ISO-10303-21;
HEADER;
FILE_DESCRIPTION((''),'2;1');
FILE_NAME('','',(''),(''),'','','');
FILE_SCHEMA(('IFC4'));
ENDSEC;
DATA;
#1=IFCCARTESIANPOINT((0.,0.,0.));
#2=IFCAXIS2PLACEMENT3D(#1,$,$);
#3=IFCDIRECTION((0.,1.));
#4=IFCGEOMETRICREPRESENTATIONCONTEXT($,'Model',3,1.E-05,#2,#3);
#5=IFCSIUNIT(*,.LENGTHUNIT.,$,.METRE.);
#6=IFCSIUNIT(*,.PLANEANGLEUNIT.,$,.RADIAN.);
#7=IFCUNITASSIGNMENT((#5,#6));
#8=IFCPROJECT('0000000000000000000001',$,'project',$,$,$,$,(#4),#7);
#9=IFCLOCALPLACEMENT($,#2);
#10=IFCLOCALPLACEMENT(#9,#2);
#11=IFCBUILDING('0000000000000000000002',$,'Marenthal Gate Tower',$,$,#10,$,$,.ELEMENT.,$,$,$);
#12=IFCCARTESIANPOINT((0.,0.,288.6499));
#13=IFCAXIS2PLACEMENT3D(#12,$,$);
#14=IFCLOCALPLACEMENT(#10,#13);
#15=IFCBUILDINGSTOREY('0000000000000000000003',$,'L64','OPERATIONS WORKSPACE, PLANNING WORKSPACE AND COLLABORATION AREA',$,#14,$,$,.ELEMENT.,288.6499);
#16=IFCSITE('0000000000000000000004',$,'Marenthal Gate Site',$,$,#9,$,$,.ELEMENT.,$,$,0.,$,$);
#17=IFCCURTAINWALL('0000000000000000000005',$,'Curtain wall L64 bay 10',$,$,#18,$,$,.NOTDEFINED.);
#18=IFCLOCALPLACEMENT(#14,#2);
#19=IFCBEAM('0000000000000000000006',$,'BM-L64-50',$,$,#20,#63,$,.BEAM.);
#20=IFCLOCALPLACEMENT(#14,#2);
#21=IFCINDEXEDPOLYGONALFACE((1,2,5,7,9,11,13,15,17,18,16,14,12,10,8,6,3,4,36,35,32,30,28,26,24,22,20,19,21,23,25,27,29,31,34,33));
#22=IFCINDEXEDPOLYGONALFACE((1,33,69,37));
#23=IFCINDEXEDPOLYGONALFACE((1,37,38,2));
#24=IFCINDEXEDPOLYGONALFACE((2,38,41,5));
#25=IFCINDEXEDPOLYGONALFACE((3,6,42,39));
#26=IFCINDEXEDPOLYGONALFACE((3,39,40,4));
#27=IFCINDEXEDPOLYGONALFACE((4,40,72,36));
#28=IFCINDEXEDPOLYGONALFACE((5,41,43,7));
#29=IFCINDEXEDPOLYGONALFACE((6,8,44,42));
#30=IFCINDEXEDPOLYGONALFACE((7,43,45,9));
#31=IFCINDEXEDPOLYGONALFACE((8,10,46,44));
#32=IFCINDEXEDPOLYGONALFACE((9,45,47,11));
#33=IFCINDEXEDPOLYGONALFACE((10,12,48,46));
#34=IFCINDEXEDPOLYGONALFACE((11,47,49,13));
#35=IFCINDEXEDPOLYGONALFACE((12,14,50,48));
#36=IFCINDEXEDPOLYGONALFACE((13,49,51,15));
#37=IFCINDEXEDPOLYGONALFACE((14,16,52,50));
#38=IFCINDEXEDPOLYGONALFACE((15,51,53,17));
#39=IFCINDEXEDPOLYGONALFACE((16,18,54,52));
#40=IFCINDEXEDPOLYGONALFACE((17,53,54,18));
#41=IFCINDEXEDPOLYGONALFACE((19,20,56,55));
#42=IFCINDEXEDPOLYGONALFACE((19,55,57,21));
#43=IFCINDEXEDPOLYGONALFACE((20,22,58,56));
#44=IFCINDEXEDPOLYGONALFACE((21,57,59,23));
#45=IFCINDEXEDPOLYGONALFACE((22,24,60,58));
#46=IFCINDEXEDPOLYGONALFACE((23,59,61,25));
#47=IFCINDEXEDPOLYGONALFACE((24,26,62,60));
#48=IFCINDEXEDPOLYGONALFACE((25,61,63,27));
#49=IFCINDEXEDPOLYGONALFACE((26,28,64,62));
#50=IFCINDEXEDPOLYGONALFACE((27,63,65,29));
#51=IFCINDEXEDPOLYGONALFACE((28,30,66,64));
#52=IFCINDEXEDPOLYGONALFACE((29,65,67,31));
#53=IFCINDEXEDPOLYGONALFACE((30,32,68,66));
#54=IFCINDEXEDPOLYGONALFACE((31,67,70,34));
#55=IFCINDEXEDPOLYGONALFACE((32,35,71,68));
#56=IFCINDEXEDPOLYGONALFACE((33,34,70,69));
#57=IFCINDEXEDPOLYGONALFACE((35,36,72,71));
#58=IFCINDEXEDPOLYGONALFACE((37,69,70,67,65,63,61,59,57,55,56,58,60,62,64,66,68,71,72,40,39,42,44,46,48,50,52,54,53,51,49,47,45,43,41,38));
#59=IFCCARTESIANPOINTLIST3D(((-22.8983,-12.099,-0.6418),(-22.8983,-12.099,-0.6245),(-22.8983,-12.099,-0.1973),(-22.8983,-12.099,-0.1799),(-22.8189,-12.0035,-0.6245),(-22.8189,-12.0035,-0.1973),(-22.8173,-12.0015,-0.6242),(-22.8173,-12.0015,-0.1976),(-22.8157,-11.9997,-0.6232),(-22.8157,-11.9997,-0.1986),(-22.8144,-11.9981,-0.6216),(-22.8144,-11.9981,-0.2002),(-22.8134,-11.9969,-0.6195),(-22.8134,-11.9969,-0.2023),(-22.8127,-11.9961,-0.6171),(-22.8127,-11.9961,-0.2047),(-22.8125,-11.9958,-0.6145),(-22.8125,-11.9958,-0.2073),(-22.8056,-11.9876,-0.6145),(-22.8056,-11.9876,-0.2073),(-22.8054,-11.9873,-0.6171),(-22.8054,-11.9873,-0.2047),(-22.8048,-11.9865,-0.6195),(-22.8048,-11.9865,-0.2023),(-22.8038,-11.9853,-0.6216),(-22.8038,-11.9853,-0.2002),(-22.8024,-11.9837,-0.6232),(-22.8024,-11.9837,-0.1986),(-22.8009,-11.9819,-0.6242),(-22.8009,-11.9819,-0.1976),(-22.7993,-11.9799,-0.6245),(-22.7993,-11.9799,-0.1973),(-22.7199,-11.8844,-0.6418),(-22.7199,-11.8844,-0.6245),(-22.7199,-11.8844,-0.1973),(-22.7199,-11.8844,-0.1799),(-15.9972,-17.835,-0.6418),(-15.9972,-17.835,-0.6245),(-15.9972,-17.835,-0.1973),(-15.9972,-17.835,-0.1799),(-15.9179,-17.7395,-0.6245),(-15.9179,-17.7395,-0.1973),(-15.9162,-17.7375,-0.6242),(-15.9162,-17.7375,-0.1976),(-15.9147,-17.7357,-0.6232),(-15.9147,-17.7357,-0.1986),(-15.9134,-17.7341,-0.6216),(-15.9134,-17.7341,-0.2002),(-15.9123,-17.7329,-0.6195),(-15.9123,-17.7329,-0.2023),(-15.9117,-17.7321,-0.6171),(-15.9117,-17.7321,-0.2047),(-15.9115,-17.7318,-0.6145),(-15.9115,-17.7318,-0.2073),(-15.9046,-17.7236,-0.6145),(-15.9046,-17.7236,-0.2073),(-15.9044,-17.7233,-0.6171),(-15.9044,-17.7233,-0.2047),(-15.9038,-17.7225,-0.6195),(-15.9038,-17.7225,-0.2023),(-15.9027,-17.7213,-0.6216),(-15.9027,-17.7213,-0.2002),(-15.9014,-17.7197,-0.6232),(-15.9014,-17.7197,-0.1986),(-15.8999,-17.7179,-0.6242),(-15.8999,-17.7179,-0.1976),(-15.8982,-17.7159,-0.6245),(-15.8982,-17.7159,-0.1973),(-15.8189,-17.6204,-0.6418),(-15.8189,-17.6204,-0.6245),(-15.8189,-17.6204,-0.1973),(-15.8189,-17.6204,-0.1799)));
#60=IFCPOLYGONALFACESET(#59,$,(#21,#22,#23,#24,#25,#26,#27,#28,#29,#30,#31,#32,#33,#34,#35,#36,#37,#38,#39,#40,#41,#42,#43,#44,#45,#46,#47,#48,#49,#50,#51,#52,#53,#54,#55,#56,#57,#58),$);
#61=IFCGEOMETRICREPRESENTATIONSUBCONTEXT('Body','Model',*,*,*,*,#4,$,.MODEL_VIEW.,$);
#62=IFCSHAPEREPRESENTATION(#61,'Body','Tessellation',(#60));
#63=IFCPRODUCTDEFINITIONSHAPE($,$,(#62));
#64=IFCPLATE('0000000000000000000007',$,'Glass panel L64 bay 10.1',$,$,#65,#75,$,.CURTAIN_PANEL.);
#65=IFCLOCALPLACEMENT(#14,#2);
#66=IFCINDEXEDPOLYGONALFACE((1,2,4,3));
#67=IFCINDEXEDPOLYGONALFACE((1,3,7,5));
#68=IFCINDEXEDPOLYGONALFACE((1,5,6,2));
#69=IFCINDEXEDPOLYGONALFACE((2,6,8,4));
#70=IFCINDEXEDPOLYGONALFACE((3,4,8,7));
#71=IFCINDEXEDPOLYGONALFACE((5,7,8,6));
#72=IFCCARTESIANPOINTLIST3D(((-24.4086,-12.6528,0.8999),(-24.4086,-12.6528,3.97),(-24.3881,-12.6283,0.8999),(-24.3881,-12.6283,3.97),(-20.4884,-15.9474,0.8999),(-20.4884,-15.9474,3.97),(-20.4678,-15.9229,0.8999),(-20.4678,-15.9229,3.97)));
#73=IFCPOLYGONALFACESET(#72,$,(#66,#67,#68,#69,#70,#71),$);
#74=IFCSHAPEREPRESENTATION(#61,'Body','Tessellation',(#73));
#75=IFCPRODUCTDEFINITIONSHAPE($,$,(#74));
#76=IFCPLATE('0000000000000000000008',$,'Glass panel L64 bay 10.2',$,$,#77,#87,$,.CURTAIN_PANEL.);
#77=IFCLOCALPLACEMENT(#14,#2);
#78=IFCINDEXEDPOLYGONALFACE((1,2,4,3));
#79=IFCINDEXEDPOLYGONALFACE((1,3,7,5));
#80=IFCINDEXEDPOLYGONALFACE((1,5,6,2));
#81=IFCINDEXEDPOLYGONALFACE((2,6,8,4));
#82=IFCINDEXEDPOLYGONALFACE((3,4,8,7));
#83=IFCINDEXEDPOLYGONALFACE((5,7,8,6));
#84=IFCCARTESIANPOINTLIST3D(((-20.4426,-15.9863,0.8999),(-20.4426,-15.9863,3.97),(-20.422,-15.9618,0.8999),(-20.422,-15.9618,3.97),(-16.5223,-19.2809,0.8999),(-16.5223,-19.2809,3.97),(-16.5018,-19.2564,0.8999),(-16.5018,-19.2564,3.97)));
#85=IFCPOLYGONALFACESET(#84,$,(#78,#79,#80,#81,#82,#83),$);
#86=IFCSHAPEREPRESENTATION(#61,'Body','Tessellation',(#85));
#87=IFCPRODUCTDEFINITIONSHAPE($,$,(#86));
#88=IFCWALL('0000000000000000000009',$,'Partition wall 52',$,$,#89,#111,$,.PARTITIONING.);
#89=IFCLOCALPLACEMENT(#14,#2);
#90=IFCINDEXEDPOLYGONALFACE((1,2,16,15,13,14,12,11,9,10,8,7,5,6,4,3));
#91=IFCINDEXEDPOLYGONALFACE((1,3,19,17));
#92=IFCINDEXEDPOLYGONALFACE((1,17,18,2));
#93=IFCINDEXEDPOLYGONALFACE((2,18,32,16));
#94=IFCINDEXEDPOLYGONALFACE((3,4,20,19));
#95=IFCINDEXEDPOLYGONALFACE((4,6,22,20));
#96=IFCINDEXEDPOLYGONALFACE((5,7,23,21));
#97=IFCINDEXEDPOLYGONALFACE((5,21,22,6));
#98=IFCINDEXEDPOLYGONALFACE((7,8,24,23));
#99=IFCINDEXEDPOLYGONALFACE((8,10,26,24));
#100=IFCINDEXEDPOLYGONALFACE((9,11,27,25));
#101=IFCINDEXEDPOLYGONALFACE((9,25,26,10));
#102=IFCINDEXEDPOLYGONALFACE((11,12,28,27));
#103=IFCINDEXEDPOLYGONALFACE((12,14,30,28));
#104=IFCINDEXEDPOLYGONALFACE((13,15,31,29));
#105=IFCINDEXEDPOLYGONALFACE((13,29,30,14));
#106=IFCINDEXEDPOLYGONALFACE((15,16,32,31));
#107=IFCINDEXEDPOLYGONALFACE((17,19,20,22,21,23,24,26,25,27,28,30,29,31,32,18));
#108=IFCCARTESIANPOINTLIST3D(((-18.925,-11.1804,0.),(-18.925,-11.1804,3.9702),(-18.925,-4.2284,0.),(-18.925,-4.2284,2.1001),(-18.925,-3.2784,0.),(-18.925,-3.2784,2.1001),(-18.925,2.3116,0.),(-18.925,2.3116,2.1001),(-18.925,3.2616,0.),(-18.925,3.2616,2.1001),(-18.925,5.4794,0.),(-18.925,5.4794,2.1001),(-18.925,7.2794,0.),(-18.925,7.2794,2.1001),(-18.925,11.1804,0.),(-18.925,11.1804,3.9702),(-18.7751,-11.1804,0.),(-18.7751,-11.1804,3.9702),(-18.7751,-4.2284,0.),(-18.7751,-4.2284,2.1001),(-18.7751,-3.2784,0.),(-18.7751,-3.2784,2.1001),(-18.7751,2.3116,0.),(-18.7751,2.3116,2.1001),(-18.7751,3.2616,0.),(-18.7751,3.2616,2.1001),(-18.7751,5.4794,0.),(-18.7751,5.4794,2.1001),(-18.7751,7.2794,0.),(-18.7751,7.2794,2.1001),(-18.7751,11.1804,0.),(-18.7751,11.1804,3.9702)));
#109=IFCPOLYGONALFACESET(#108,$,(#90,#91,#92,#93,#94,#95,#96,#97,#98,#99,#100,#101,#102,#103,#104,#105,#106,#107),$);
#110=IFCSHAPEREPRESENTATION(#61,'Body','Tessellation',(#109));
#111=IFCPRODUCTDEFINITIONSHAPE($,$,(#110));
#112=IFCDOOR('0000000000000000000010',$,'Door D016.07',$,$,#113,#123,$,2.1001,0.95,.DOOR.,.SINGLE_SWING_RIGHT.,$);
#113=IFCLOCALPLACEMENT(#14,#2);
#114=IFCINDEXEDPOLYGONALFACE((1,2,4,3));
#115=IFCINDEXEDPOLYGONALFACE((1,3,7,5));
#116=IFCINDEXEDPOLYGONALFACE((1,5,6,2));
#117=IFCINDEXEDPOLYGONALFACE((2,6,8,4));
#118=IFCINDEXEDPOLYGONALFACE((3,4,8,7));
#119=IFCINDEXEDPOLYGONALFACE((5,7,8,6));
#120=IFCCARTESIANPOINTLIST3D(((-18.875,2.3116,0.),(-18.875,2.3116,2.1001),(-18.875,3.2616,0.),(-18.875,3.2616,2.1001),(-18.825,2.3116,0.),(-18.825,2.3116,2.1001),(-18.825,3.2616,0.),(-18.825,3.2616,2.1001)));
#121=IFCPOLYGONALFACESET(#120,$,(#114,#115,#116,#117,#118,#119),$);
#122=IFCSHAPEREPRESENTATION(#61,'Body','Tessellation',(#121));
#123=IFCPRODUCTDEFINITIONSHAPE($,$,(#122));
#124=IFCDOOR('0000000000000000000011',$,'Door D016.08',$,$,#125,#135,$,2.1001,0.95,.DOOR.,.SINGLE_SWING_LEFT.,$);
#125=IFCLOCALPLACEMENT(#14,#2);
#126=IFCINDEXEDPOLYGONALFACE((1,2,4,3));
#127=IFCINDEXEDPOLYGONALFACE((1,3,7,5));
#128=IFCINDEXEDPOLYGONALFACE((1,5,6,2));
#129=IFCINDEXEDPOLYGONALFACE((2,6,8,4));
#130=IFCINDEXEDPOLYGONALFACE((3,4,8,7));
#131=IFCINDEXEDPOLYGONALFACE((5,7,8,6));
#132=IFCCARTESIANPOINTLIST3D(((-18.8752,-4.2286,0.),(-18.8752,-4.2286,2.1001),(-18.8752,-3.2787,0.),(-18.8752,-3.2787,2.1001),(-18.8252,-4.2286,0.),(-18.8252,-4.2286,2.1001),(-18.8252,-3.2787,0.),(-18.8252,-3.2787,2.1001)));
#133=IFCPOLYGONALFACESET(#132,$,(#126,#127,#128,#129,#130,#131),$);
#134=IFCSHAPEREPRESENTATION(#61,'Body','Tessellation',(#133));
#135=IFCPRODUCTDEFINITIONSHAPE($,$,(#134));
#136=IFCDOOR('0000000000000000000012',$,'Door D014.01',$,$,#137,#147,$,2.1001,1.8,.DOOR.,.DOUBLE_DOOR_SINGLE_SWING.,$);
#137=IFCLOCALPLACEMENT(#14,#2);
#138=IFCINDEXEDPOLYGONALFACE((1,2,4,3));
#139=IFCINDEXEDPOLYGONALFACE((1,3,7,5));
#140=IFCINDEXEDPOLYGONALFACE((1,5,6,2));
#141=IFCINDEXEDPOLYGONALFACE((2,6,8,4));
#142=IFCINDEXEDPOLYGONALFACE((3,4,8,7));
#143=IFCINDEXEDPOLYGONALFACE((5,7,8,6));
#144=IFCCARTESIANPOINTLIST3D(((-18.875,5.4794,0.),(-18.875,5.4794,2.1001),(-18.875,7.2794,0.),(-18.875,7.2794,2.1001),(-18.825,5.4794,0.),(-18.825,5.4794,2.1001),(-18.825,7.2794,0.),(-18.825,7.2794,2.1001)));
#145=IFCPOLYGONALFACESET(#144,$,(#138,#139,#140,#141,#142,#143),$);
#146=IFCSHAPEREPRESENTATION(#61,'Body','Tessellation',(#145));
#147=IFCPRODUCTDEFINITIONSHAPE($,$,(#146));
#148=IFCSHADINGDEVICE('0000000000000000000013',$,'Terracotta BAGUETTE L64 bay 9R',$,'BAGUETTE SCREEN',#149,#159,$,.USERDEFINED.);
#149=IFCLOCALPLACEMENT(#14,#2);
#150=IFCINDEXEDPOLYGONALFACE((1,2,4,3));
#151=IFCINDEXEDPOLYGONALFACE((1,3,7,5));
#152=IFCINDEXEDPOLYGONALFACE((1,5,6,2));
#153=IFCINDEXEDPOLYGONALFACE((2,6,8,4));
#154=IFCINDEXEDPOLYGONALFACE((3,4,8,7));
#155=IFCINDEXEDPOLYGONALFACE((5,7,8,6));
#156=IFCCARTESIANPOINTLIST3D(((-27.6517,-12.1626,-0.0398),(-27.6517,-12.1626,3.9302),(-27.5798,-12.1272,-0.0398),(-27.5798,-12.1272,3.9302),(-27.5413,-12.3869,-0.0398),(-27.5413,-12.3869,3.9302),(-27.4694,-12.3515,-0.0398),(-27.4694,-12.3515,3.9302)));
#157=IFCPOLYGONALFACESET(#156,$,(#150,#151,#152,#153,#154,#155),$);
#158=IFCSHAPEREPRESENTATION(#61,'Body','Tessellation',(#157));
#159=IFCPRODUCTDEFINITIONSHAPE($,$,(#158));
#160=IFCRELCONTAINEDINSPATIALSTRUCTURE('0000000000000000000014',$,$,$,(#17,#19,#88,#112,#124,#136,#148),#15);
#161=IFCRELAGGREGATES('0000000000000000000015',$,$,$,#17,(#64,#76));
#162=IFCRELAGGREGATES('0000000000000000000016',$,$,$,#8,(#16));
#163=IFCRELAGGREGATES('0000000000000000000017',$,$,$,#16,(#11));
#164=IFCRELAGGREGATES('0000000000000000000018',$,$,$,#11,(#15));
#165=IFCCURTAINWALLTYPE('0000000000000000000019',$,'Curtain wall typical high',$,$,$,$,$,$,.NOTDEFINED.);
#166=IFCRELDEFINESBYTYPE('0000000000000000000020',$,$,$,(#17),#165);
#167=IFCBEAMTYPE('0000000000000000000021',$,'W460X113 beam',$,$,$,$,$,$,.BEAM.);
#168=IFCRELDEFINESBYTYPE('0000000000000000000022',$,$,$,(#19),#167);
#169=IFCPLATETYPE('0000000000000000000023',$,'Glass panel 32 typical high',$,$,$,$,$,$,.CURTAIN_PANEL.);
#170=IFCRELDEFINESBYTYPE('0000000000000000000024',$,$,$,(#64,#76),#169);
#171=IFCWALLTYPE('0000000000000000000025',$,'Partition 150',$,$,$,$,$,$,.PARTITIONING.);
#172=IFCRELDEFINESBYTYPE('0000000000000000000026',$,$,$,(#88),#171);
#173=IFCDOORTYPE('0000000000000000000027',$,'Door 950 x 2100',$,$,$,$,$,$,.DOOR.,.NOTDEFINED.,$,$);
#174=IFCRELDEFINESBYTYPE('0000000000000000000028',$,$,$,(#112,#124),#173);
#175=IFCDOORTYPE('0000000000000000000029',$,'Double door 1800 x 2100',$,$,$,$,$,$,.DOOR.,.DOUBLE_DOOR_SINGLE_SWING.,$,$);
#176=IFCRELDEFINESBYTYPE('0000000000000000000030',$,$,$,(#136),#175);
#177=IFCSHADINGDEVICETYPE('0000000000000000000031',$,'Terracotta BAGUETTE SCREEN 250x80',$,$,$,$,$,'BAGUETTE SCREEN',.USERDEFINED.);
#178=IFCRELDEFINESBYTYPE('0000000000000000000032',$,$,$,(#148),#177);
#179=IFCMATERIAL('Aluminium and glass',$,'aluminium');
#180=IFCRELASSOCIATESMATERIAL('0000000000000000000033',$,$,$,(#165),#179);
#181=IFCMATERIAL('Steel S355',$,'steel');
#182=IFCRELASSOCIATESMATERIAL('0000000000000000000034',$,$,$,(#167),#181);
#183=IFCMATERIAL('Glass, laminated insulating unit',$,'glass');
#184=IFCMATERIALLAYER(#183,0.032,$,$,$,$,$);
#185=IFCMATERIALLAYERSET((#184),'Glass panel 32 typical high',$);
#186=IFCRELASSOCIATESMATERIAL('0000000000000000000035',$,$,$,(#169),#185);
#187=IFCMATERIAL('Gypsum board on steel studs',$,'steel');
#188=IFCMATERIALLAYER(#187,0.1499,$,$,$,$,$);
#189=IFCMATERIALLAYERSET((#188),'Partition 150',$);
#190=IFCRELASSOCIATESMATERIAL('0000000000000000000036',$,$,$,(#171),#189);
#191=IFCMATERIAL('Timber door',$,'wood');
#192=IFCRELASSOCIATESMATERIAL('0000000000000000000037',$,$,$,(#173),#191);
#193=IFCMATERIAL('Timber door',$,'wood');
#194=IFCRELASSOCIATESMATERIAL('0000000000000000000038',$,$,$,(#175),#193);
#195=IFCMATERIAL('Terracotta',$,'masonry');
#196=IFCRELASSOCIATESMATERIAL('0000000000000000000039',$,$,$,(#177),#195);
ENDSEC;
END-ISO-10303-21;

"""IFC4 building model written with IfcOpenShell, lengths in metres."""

from ifc_helpers import new_model, si_unit, direction, frame, frame_2d, origin, origin_2d, place, context, subcontext, project, spatial, rectangle, i_section, extrude, material, layer, layer_set, material_profile, profile_set, type_object, element, fill, aggregate, save


model = new_model("IFC4")

# Units and contexts
model_context = context("Model", 3, precision=1e-05, world=origin(), true_north=direction((0.0, 1.0)))
body_context = subcontext(model_context, "Body", "Model", "MODEL_VIEW")
ifc_project = project(units=[si_unit("LENGTHUNIT", "METRE"), si_unit("PLANEANGLEUNIT", "RADIAN")], contexts=[model_context])

# Site, building, storey
site_placement = place(None, origin())
site = spatial("IfcSite", under=ifc_project, at=site_placement, Name="Marenthal Gate Site", CompositionType="ELEMENT", RefElevation=0.0)
building_placement = place(site_placement, origin())
building = spatial("IfcBuilding", under=site, at=building_placement, Name="Marenthal Gate Tower", CompositionType="ELEMENT")
storey_placement = place(building_placement, frame((0.0, 0.0, 288.6499)))
storey = spatial("IfcBuildingStorey", under=building, at=storey_placement, Name="L64", Description="OPERATIONS WORKSPACE, PLANNING WORKSPACE AND COLLABORATION AREA", CompositionType="ELEMENT", Elevation=288.6499)

# Curtain wall
ifc_material_1 = material(Name="Aluminium and glass", Category="aluminium")
curtain_wall_type = type_object("IfcCurtainWallType", Name="Curtain wall typical high", PredefinedType="NOTDEFINED", material=ifc_material_1)
curtain_wall_placement = place(storey_placement, origin())
curtain_wall = element("IfcCurtainWall", 1, at=curtain_wall_placement, inside=storey, type_object=curtain_wall_type, Name="Curtain wall L64 bay 10", PredefinedType="NOTDEFINED")

# Beam
ifc_material_2 = material(Name="Steel S355", Category="steel")
ifc_material_profile_1 = material_profile(ifc_material_2, i_section(OverallWidth=0.2791, OverallDepth=0.4619, WebThickness=0.0107, FlangeThickness=0.0173, FilletRadius=0.01, at=origin_2d()), Name="W460X113")
ifc_profile_set_1 = profile_set([ifc_material_profile_1], Name="Steel S355")
beam_type_1 = type_object("IfcBeamType", Name="W460X113 beam", PredefinedType="BEAM", material=ifc_profile_set_1)
beam_1_placement = place(storey_placement, frame((-22.8091, -11.9917, -0.4109), z_axis=(0.769035, -0.639207, 0.0), x_axis=(0.639207, 0.769035, 0.0)))
element("IfcBeam", 2, at=beam_1_placement, inside=storey, type_object=beam_type_1, Name="BM-L64-50", PredefinedType="BEAM", context=body_context, shape_type="SweptSolid", body=[
    extrude(i_section(OverallWidth=0.2791, OverallDepth=0.4619, WebThickness=0.0107, FlangeThickness=0.0173, FilletRadius=0.01, at=origin_2d()), origin(), (0.0, 0.0, 1.0), 8.9736),
])

# Plates
ifc_material_3 = material(Name="Glass, laminated insulating unit", Category="glass")
ifc_layer_1 = layer(ifc_material_3, 0.032)
ifc_layer_set_1 = layer_set([ifc_layer_1], Name="Glass panel 32 typical high")
plate_type = type_object("IfcPlateType", Name="Glass panel 32 typical high", PredefinedType="CURTAIN_PANEL", material=ifc_layer_set_1)
plate_1_placement = place(storey_placement, frame((-22.4382, -14.2878, 0.8999), z_axis=(0.0, 0.0, 1.0), x_axis=(0.765547, -0.64338, 0.0)))
plate_1 = element("IfcPlate", 3, at=plate_1_placement, type_object=plate_type, Name="Glass panel L64 bay 10.1", PredefinedType="CURTAIN_PANEL", context=body_context, shape_type="SweptSolid", body=[
    extrude(rectangle(XDim=5.1208, YDim=0.032, at=origin_2d()), origin(), (0.0, 0.0, 1.0), 3.0701),
])
plate_2_placement = place(storey_placement, frame((-18.4722, -17.6213, 0.8999), z_axis=(0.0, 0.0, 1.0), x_axis=(0.765547, -0.64338, 0.0)))
plate_2 = element("IfcPlate", 4, at=plate_2_placement, type_object=plate_type, Name="Glass panel L64 bay 10.2", PredefinedType="CURTAIN_PANEL", context=body_context, shape_type="SweptSolid", body=[
    extrude(rectangle(XDim=5.1208, YDim=0.032, at=origin_2d()), origin(), (0.0, 0.0, 1.0), 3.0701),
])
aggregate(curtain_wall, [plate_1, plate_2])

# Wall, openings, doors
ifc_material_4 = material(Name="Gypsum board on steel studs", Category="steel")
ifc_layer_2 = layer(ifc_material_4, 0.1499)
ifc_layer_set_2 = layer_set([ifc_layer_2], Name="Partition 150")
wall_type_1 = type_object("IfcWallType", Name="Partition 150", PredefinedType="PARTITIONING", material=ifc_layer_set_2)
wall_1_placement = place(storey_placement, frame((-18.8501, -11.1804, 0.0), z_axis=(0.0, 0.0, 1.0), x_axis=(0.0, 1.0, 0.0)))
wall_1 = element("IfcWall", 5, at=wall_1_placement, inside=storey, type_object=wall_type_1, Name="Partition wall 52", PredefinedType="PARTITIONING", context=body_context, shape_type="SweptSolid", body=[
    extrude(rectangle(XDim=22.3608, YDim=0.1499, at=frame_2d((11.1804, 0.0))), origin(), (0.0, 0.0, 1.0), 3.9702),
])
opening_1_placement = place(wall_1_placement, frame((16.6599, 0.0, 0.0)))
opening_1 = element("IfcOpeningElement", 6, at=opening_1_placement, cuts=wall_1, PredefinedType="OPENING", context=body_context, shape_type="SweptSolid", body=[
    extrude(rectangle(XDim=1.8, YDim=2.1001, at=frame_2d((0.8999, 1.05))), frame((0.0, 0.085, 0.0), z_axis=(0.0, -1.0, 0.0), x_axis=(1.0, 0.0, 0.0)), (0.0, 0.0, 1.0), 0.1699),
])
opening_2_placement = place(wall_1_placement, frame((13.4919, 0.0, 0.0)))
opening_2 = element("IfcOpeningElement", 7, at=opening_2_placement, cuts=wall_1, PredefinedType="OPENING", context=body_context, shape_type="SweptSolid", body=[
    extrude(rectangle(XDim=0.95, YDim=2.1001, at=frame_2d((0.4751, 1.05))), frame((0.0, 0.085, 0.0), z_axis=(0.0, -1.0, 0.0), x_axis=(1.0, 0.0, 0.0)), (0.0, 0.0, 1.0), 0.1699),
])
opening_3_placement = place(wall_1_placement, frame((6.9519, 0.0, 0.0)))
opening_3 = element("IfcOpeningElement", 8, at=opening_3_placement, cuts=wall_1, PredefinedType="OPENING", context=body_context, shape_type="SweptSolid", body=[
    extrude(rectangle(XDim=0.95, YDim=2.1001, at=frame_2d((0.4751, 1.05))), frame((0.0, 0.085, 0.0), z_axis=(0.0, -1.0, 0.0), x_axis=(1.0, 0.0, 0.0)), (0.0, 0.0, 1.0), 0.1699),
])
ifc_material_5 = material(Name="Timber door", Category="wood")
door_type_1 = type_object("IfcDoorType", Name="Door 950 x 2100", OperationType="NOTDEFINED", PredefinedType="DOOR", material=ifc_material_5)
door_1_placement = place(opening_2_placement, origin())
door_1 = element("IfcDoor", 9, at=door_1_placement, inside=storey, type_object=door_type_1, Name="Door D016.07", OperationType="SINGLE_SWING_RIGHT", OverallHeight=2.1001, OverallWidth=0.95, PredefinedType="DOOR", context=body_context, shape_type="SweptSolid", body=[
    extrude(rectangle(XDim=0.95, YDim=2.1001, at=frame_2d((0.4751, 1.05))), frame((0.0, 0.0249, 0.0), z_axis=(0.0, -1.0, 0.0), x_axis=(1.0, 0.0, 0.0)), (0.0, 0.0, 1.0), 0.05),
])
fill(opening_2, door_1)
door_2_placement = place(opening_3_placement, frame((0.95, 0.0, 0.0), z_axis=(0.0, 0.0, 1.0), x_axis=(-1.0, 0.0, 0.0)))
door_2 = element("IfcDoor", 10, at=door_2_placement, inside=storey, type_object=door_type_1, Name="Door D016.08", OperationType="SINGLE_SWING_LEFT", OverallHeight=2.1001, OverallWidth=0.95, PredefinedType="DOOR", context=body_context, shape_type="SweptSolid", body=[
    extrude(rectangle(XDim=0.95, YDim=2.1001, at=frame_2d((0.4751, 1.05))), frame((0.0, 0.0249, 0.0), z_axis=(0.0, -1.0, 0.0), x_axis=(1.0, 0.0, 0.0)), (0.0, 0.0, 1.0), 0.05),
])
fill(opening_3, door_2)
ifc_material_6 = material(Name="Timber door", Category="wood")
door_type_2 = type_object("IfcDoorType", Name="Double door 1800 x 2100", OperationType="DOUBLE_DOOR_SINGLE_SWING", PredefinedType="DOOR", material=ifc_material_6)
door_3_placement = place(opening_1_placement, origin())
door_3 = element("IfcDoor", 11, at=door_3_placement, inside=storey, type_object=door_type_2, Name="Door D014.01", OperationType="DOUBLE_DOOR_SINGLE_SWING", OverallHeight=2.1001, OverallWidth=1.8, PredefinedType="DOOR", context=body_context, shape_type="SweptSolid", body=[
    extrude(rectangle(XDim=1.8, YDim=2.1001, at=frame_2d((0.8999, 1.05))), frame((0.0, 0.0249, 0.0), z_axis=(0.0, -1.0, 0.0), x_axis=(1.0, 0.0, 0.0)), (0.0, 0.0, 1.0), 0.05),
])
fill(opening_1, door_3)

# Shading device
ifc_material_7 = material(Name="Terracotta", Category="masonry")
ifc_material_profile_2 = material_profile(ifc_material_7, rectangle(XDim=0.25, YDim=0.0801, at=origin_2d()), Name="Terracotta baguette 250x80")
ifc_profile_set_2 = profile_set([ifc_material_profile_2], Name="Terracotta")
shading_device_type = type_object("IfcShadingDeviceType", Name="Terracotta BAGUETTE SCREEN 250x80", ElementType="BAGUETTE SCREEN", PredefinedType="USERDEFINED", material=ifc_profile_set_2)
shading_device_placement = place(storey_placement, frame((-27.5605, -12.2571, -0.0398), z_axis=(0.0, 0.0, 1.0), x_axis=(0.441711, -0.897157, 0.0)))
element("IfcShadingDevice", 12, at=shading_device_placement, inside=storey, type_object=shading_device_type, Name="Terracotta BAGUETTE L64 bay 9R", ObjectType="BAGUETTE SCREEN", PredefinedType="USERDEFINED", context=body_context, shape_type="SweptSolid", body=[
    extrude(rectangle(XDim=0.25, YDim=0.0801, at=origin_2d()), origin(), (0.0, 0.0, 1.0), 3.97),
])

save(model, "model.ifc")
